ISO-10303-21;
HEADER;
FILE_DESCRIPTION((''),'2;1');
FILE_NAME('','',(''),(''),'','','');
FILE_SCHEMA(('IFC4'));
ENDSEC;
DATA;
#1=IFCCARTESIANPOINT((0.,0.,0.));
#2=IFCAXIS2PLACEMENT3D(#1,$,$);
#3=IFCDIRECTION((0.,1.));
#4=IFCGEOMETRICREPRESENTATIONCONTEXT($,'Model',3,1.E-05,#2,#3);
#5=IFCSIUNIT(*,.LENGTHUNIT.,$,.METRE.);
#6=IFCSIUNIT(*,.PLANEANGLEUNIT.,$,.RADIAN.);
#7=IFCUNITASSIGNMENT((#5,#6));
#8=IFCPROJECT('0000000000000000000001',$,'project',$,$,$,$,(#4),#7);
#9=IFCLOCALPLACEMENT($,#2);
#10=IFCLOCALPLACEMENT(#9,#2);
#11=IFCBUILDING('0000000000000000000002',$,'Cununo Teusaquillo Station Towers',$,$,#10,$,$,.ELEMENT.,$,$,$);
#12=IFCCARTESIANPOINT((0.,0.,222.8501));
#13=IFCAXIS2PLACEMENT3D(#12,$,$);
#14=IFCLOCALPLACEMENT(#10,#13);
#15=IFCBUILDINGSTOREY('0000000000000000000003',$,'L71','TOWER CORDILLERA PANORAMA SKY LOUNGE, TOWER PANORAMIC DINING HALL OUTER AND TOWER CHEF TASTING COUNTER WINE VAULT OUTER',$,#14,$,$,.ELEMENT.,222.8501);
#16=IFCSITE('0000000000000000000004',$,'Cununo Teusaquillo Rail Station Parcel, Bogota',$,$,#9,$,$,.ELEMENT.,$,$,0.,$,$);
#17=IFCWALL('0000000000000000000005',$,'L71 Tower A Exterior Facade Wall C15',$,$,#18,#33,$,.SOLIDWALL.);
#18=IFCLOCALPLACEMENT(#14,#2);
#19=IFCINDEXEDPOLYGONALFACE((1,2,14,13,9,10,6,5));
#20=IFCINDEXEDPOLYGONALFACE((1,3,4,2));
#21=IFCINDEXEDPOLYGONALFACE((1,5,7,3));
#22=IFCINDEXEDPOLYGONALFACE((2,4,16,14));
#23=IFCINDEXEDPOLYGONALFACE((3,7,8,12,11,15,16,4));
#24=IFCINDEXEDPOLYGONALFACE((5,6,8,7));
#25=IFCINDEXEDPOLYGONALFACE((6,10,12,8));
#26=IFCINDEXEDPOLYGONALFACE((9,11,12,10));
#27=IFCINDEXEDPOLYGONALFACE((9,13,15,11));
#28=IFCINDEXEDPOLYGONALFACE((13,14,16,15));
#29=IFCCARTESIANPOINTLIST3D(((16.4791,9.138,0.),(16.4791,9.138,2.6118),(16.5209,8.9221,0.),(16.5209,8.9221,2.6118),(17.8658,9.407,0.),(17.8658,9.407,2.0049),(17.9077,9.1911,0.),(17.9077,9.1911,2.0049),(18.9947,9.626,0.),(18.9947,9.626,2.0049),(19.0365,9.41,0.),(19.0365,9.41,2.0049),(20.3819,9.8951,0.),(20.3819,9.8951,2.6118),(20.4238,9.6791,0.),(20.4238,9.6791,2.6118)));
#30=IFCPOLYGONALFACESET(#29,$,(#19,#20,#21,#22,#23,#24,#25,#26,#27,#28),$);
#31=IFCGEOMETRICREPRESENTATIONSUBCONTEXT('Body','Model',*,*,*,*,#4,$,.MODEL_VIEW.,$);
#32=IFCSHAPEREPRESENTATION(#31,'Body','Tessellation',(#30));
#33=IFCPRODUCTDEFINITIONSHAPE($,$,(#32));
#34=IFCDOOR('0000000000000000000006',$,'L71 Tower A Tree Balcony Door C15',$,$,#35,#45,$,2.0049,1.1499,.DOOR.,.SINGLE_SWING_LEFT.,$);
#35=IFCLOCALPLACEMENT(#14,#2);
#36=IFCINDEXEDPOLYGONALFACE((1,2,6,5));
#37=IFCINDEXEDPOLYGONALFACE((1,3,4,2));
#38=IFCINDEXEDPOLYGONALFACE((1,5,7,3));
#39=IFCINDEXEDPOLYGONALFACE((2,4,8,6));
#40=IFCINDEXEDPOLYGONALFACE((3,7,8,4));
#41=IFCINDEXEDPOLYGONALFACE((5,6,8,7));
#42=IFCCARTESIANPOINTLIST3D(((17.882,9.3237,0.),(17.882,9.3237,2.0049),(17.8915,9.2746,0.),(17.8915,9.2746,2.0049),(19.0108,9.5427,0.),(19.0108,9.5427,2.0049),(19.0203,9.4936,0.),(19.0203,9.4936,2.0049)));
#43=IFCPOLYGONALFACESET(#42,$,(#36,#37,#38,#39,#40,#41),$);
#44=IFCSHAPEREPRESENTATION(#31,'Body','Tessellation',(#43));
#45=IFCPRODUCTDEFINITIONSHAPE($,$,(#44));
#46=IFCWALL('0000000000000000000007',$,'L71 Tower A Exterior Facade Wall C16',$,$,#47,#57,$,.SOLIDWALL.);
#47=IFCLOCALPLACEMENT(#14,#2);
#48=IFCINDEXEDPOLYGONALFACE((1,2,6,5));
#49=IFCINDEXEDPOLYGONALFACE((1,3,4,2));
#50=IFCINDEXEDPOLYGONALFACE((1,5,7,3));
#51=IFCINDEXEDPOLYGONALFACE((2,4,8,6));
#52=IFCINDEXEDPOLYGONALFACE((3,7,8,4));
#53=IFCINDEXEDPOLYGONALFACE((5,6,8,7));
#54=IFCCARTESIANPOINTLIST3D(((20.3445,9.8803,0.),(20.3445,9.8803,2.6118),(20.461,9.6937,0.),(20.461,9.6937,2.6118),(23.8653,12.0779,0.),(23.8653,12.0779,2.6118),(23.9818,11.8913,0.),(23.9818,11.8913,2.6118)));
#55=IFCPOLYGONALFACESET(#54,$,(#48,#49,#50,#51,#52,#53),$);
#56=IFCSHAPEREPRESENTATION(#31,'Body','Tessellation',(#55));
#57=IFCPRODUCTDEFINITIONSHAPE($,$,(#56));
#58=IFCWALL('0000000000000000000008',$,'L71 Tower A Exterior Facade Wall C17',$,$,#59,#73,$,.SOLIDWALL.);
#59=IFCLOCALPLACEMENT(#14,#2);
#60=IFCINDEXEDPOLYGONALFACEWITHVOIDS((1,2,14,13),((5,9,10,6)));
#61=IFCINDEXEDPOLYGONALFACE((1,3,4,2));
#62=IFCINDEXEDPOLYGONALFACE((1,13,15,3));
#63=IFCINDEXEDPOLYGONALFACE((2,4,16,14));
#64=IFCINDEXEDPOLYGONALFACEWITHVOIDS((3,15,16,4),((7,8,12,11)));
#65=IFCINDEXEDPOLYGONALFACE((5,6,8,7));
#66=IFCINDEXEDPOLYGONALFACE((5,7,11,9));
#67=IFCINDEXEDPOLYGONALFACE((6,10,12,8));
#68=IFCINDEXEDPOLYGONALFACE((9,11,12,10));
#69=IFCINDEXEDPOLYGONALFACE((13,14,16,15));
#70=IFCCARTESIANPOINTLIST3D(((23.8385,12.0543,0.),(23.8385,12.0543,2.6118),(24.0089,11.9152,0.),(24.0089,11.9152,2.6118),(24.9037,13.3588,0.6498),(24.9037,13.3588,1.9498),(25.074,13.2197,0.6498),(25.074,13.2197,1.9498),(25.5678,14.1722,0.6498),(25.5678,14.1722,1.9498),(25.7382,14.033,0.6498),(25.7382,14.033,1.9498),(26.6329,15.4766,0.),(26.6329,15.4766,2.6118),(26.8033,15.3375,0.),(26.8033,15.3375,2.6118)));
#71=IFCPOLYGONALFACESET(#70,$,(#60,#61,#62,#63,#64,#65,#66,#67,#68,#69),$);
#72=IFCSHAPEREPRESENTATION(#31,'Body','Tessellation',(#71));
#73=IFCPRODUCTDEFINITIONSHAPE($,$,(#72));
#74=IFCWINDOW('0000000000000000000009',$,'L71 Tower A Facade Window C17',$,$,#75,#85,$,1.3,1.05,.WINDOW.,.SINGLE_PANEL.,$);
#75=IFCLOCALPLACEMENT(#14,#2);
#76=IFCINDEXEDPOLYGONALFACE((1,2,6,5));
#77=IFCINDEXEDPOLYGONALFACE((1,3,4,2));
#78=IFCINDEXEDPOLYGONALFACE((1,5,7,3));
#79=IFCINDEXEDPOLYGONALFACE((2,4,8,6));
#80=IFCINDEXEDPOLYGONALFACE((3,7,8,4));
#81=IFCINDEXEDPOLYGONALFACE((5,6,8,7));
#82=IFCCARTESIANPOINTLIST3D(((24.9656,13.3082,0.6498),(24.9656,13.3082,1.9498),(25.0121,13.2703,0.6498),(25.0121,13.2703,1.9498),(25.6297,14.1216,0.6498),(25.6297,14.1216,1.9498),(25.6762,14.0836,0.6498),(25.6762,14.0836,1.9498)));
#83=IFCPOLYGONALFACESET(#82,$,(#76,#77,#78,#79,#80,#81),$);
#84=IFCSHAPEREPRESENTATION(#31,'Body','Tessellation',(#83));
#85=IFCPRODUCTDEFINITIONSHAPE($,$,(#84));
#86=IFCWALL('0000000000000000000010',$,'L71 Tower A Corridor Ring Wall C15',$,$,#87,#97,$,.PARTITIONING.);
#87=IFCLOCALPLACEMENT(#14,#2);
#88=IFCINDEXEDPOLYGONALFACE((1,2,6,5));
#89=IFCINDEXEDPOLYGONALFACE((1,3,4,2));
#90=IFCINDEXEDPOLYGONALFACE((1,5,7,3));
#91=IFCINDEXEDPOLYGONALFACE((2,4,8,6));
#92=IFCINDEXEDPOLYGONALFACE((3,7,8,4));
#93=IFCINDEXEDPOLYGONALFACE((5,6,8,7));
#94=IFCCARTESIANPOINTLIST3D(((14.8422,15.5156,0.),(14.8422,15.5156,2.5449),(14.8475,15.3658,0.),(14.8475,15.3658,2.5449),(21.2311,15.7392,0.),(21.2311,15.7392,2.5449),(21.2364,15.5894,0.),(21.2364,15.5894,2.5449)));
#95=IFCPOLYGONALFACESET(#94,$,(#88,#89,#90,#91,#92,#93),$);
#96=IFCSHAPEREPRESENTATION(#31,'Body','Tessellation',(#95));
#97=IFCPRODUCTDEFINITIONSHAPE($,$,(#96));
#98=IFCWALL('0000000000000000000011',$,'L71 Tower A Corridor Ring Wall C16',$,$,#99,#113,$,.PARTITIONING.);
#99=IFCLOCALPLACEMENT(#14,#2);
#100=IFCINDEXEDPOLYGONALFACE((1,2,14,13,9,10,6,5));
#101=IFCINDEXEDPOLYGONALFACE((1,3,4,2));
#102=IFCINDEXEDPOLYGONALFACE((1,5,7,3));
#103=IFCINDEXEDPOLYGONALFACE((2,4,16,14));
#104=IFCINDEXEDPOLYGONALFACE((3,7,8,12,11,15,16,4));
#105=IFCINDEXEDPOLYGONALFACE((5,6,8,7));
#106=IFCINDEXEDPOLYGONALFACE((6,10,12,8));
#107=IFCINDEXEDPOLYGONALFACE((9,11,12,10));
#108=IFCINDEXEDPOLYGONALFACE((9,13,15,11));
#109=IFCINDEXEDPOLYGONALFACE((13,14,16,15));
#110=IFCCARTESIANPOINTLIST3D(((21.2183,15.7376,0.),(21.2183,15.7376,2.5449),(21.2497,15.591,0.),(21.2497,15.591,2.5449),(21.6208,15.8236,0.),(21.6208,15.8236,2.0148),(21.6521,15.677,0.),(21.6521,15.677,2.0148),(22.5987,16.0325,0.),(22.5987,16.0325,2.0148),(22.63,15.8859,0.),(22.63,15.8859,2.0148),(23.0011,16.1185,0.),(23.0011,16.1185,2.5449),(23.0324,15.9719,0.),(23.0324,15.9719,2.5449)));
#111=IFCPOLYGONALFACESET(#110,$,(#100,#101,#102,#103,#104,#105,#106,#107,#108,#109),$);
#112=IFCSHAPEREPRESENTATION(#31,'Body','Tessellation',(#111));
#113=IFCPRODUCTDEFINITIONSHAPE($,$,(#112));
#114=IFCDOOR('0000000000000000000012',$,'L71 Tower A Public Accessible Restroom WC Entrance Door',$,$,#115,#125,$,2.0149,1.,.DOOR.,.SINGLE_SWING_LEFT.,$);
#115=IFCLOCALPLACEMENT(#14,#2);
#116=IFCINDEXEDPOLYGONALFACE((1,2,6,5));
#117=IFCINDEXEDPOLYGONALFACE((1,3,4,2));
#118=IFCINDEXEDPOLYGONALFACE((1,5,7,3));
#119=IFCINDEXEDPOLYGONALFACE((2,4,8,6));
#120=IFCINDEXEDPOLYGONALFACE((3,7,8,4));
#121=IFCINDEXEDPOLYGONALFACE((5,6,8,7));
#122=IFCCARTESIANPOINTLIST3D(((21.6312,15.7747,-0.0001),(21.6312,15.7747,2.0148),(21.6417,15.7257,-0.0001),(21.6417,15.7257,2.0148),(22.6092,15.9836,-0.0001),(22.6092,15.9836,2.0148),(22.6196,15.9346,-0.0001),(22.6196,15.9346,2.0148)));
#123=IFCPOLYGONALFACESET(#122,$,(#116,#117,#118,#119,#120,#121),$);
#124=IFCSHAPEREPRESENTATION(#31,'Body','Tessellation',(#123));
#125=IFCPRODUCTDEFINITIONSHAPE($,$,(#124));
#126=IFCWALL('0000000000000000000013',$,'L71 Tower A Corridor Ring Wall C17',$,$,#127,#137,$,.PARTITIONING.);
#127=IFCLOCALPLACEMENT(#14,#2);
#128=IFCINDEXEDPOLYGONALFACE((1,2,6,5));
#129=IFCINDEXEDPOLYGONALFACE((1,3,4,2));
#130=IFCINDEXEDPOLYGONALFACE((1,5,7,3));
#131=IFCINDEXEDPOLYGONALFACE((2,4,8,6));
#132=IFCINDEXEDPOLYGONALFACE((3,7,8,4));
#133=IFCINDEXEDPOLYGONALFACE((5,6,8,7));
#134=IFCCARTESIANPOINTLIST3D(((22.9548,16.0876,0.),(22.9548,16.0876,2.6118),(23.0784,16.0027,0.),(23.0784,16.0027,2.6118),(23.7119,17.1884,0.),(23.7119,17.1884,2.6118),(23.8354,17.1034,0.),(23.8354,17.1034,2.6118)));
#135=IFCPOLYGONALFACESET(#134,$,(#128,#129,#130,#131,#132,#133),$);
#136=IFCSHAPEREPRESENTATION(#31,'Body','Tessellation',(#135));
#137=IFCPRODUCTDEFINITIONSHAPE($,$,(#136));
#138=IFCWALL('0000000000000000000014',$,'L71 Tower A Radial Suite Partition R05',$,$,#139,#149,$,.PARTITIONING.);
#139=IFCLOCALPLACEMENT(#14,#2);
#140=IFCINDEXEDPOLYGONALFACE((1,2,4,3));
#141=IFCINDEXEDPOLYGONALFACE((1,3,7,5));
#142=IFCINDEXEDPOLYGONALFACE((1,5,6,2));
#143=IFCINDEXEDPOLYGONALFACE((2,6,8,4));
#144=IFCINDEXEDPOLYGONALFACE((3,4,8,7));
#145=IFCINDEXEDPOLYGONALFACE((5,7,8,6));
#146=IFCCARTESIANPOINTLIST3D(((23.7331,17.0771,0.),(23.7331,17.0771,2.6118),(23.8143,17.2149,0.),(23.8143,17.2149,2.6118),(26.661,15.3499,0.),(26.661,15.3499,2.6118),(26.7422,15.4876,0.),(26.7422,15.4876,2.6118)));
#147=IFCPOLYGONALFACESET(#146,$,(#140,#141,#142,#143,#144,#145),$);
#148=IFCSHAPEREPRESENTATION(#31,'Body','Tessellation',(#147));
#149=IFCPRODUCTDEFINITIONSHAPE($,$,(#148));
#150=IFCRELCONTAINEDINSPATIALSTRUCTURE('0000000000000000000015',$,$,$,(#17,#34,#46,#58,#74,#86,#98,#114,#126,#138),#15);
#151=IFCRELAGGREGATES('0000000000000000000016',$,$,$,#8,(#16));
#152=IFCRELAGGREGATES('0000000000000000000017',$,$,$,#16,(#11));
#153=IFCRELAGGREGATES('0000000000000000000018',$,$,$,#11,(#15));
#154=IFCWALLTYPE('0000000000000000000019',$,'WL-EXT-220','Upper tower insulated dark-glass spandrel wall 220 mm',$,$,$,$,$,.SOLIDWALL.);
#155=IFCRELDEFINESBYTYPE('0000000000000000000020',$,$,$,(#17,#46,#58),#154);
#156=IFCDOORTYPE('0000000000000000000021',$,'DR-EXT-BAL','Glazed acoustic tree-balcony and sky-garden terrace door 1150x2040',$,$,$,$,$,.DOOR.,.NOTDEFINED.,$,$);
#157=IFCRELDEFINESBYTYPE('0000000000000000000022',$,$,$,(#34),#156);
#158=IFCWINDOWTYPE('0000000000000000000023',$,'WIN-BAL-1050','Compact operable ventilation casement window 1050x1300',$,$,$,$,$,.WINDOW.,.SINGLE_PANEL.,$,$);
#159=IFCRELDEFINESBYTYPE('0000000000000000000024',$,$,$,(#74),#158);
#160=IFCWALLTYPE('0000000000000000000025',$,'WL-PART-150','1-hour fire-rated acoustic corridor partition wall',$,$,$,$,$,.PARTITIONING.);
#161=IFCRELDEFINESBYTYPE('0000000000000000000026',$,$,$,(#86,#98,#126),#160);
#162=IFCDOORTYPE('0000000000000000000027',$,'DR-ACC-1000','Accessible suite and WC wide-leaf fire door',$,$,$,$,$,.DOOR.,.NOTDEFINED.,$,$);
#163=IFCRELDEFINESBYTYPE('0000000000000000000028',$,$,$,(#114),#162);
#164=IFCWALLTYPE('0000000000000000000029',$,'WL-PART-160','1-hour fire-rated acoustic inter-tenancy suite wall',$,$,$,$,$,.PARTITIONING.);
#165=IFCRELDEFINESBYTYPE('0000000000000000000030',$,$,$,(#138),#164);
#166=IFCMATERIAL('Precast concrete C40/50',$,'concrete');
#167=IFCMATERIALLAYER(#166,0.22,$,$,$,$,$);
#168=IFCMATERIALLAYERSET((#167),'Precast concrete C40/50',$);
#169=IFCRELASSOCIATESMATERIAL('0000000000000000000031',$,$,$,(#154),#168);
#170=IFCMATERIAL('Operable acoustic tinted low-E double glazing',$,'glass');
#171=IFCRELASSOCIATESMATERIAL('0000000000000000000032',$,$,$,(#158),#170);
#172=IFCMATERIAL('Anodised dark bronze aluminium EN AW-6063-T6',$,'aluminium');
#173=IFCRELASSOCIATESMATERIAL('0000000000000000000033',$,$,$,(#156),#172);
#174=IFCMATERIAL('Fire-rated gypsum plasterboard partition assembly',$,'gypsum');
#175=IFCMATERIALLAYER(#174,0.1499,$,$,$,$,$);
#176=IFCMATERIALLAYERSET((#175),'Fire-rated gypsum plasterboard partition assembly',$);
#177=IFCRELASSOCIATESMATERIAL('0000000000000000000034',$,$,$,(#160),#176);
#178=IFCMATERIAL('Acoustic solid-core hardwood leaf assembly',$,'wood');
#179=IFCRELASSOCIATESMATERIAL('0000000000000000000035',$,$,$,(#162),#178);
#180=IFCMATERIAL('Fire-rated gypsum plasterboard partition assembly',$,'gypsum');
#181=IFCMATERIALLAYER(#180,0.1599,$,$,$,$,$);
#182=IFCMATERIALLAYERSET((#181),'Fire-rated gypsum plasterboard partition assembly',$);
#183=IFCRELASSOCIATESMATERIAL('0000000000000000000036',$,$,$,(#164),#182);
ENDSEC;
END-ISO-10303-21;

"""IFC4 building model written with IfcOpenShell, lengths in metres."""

from ifc_helpers import new_model, si_unit, direction, frame, frame_2d, origin, place, context, subcontext, project, spatial, rectangle, extrude, source, transform, mapped, material, layer, layer_set, type_object, element, fill, save


model = new_model("IFC4")

# Units and contexts
model_context = context("Model", 3, precision=1e-05, world=origin(), true_north=direction((0.0, 1.0)))
body_context = subcontext(model_context, "Body", "Model", "MODEL_VIEW")
ifc_project = project(units=[si_unit("LENGTHUNIT", "METRE"), si_unit("PLANEANGLEUNIT", "RADIAN")], contexts=[model_context])

# Site, building, storey
site_placement = place(None, origin())
site = spatial("IfcSite", under=ifc_project, at=site_placement, Name="Cununo Teusaquillo Rail Station Parcel, Bogota", CompositionType="ELEMENT", RefElevation=0.0)
building_placement = place(site_placement, origin())
building = spatial("IfcBuilding", under=site, at=building_placement, Name="Cununo Teusaquillo Station Towers", CompositionType="ELEMENT")
storey_placement = place(building_placement, frame((0.0, 0.0, 222.8501)))
storey = spatial("IfcBuildingStorey", under=building, at=storey_placement, Name="L71", Description="TOWER CORDILLERA PANORAMA SKY LOUNGE, TOWER PANORAMIC DINING HALL OUTER AND TOWER CHEF TASTING COUNTER WINE VAULT OUTER", CompositionType="ELEMENT", Elevation=222.8501)

# Shared definitions
ifc_material_1 = material(Name="Precast concrete C40/50", Category="concrete")
ifc_layer_1 = layer(ifc_material_1, 0.22)
ifc_layer_set_1 = layer_set([ifc_layer_1], Name="Precast concrete C40/50")
wall_type_1 = type_object("IfcWallType", Name="WL-EXT-220", Description="Upper tower insulated dark-glass spandrel wall 220 mm", PredefinedType="SOLIDWALL", material=ifc_layer_set_1)
shared_shape_1 = source(origin(), body_context, "Body", "SweptSolid", [
    extrude(rectangle(XDim=1.05, YDim=1.3, at=frame_2d((0.5249, 0.6499))), frame((0.0, 0.1199, 0.0), z_axis=(0.0, -1.0, 0.0), x_axis=(1.0, 0.0, 0.0)), (0.0, 0.0, 1.0), 0.24),
])
ifc_material_2 = material(Name="Operable acoustic tinted low-E double glazing", Category="glass")
window_type = type_object("IfcWindowType", Name="WIN-BAL-1050", Description="Compact operable ventilation casement window 1050x1300", PartitioningType="SINGLE_PANEL", PredefinedType="WINDOW", material=ifc_material_2)
shared_shape_2 = source(origin(), body_context, "Body", "SweptSolid", [
    extrude(rectangle(XDim=1.05, YDim=1.3, at=frame_2d((0.5249, 0.6499))), frame((0.0, 0.03, 0.0), z_axis=(0.0, -1.0, 0.0), x_axis=(1.0, 0.0, 0.0)), (0.0, 0.0, 1.0), 0.0601),
])

# Wall, opening, door
wall_1_placement = place(storey_placement, frame((20.4028, 9.7871, 0.0), z_axis=(0.0, 0.0, 1.0), x_axis=(-0.9817, -0.190432, 0.0)))
wall_1 = element("IfcWall", 1, at=wall_1_placement, inside=storey, type_object=wall_type_1, Name="L71 Tower A Exterior Facade Wall C15", PredefinedType="SOLIDWALL", context=body_context, shape_type="SweptSolid", body=[
    extrude(rectangle(XDim=3.9756, YDim=0.22, at=frame_2d((1.9878, 0.0))), origin(), (0.0, 0.0, 1.0), 2.6118),
])
shared_shape_3 = source(origin(), body_context, "Body", "SweptSolid", [
    extrude(rectangle(XDim=1.1499, YDim=2.0049, at=frame_2d((0.575, 1.0024))), frame((0.0, 0.1199, 0.0), z_axis=(0.0, -1.0, 0.0), x_axis=(1.0, 0.0, 0.0)), (0.0, 0.0, 1.0), 0.24),
])
opening_1_placement = place(wall_1_placement, frame((1.4131, 0.0, 0.0)))
opening_1 = element("IfcOpeningElement", 2, at=opening_1_placement, cuts=wall_1, PredefinedType="OPENING", context=body_context, shape_type="MappedRepresentation", body=[
    mapped(shared_shape_3, transform((0.0, 0.0, 0.0), x_axis=(1.0, 0.0, 0.0), y_axis=(0.0, 1.0, 0.0), z_axis=(0.0, 0.0, 1.0), scale=1.0)),
])
ifc_material_3 = material(Name="Anodised dark bronze aluminium EN AW-6063-T6", Category="aluminium")
door_type_1 = type_object("IfcDoorType", Name="DR-EXT-BAL", Description="Glazed acoustic tree-balcony and sky-garden terrace door 1150x2040", OperationType="NOTDEFINED", PredefinedType="DOOR", material=ifc_material_3)
shared_shape_4 = source(origin(), body_context, "Body", "SweptSolid", [
    extrude(rectangle(XDim=1.1499, YDim=2.0049, at=frame_2d((0.575, 1.0024))), frame((0.0, 0.0249, 0.0), z_axis=(0.0, -1.0, 0.0), x_axis=(1.0, 0.0, 0.0)), (0.0, 0.0, 1.0), 0.05),
])
door_1_placement = place(opening_1_placement, origin())
door_1 = element("IfcDoor", 3, at=door_1_placement, inside=storey, type_object=door_type_1, Name="L71 Tower A Tree Balcony Door C15", OperationType="SINGLE_SWING_LEFT", OverallHeight=2.0049, OverallWidth=1.1499, PredefinedType="DOOR", context=body_context, shape_type="MappedRepresentation", body=[
    mapped(shared_shape_4, transform((0.0, 0.0, 0.0), x_axis=(1.0, 0.0, 0.0), y_axis=(0.0, 1.0, 0.0), z_axis=(0.0, 0.0, 1.0), scale=1.0)),
])
fill(opening_1, door_1)

# Wall
wall_2_placement = place(storey_placement, frame((23.9236, 11.9846, 0.0), z_axis=(0.0, 0.0, 1.0), x_axis=(-0.848319, -0.529486, 0.0)))
element("IfcWall", 4, at=wall_2_placement, inside=storey, type_object=wall_type_1, Name="L71 Tower A Exterior Facade Wall C16", PredefinedType="SOLIDWALL", context=body_context, shape_type="SweptSolid", body=[
    extrude(rectangle(XDim=4.1504, YDim=0.22, at=frame_2d((2.0752, 0.0))), origin(), (0.0, 0.0, 1.0), 2.6118),
])

# Wall, opening, window
wall_3_placement = place(storey_placement, frame((26.718, 15.407, 0.0), z_axis=(0.0, 0.0, 1.0), x_axis=(-0.632467, -0.774587, 0.0)))
wall_3 = element("IfcWall", 5, at=wall_3_placement, inside=storey, type_object=wall_type_1, Name="L71 Tower A Exterior Facade Wall C17", PredefinedType="SOLIDWALL", context=body_context, shape_type="SweptSolid", body=[
    extrude(rectangle(XDim=4.4182, YDim=0.22, at=frame_2d((2.209, 0.0))), origin(), (0.0, 0.0, 1.0), 2.6118),
])
opening_2_placement = place(wall_3_placement, frame((1.6841, 0.0, 0.6499)))
opening_2 = element("IfcOpeningElement", 6, at=opening_2_placement, cuts=wall_3, PredefinedType="OPENING", context=body_context, shape_type="MappedRepresentation", body=[
    mapped(shared_shape_1, transform((0.0, 0.0, 0.0), x_axis=(1.0, 0.0, 0.0), y_axis=(0.0, 1.0, 0.0), z_axis=(0.0, 0.0, 1.0), scale=1.0)),
])
window_1_placement = place(opening_2_placement, origin())
window_1 = element("IfcWindow", 7, at=window_1_placement, inside=storey, type_object=window_type, Name="L71 Tower A Facade Window C17", OverallHeight=1.3, OverallWidth=1.05, PartitioningType="SINGLE_PANEL", PredefinedType="WINDOW", context=body_context, shape_type="MappedRepresentation", body=[
    mapped(shared_shape_2, transform((0.0, 0.0, 0.0), x_axis=(1.0, 0.0, 0.0), y_axis=(0.0, 1.0, 0.0), z_axis=(0.0, 0.0, 1.0), scale=1.0)),
])
fill(opening_2, window_1)

# Wall
ifc_material_4 = material(Name="Fire-rated gypsum plasterboard partition assembly", Category="gypsum")
ifc_layer_2 = layer(ifc_material_4, 0.1499)
ifc_layer_set_2 = layer_set([ifc_layer_2], Name="Fire-rated gypsum plasterboard partition assembly")
wall_type_2 = type_object("IfcWallType", Name="WL-PART-150", Description="1-hour fire-rated acoustic corridor partition wall", PredefinedType="PARTITIONING", material=ifc_layer_set_2)
wall_4_placement = place(storey_placement, frame((14.845, 15.4407, 0.0), z_axis=(0.0, 0.0, 1.0), x_axis=(0.999388, 0.034982, 0.0)))
element("IfcWall", 8, at=wall_4_placement, inside=storey, type_object=wall_type_2, Name="L71 Tower A Corridor Ring Wall C15", PredefinedType="PARTITIONING", context=body_context, shape_type="SweptSolid", body=[
    extrude(rectangle(XDim=6.3928, YDim=0.1499, at=frame_2d((3.1963, 0.0))), origin(), (0.0, 0.0, 1.0), 2.5449),
])

# Wall, opening, door
wall_5_placement = place(storey_placement, frame((21.2339, 15.6643, 0.0), z_axis=(0.0, 0.0, 1.0), x_axis=(0.977932, 0.208925, 0.0)))
wall_5 = element("IfcWall", 9, at=wall_5_placement, inside=storey, type_object=wall_type_2, Name="L71 Tower A Corridor Ring Wall C16", PredefinedType="PARTITIONING", context=body_context, shape_type="SweptSolid", body=[
    extrude(rectangle(XDim=1.823, YDim=0.1499, at=frame_2d((0.9116, 0.0))), origin(), (0.0, 0.0, 1.0), 2.5449),
])
shared_shape_5 = source(origin(), body_context, "Body", "SweptSolid", [
    extrude(rectangle(XDim=1.0, YDim=2.0149, at=frame_2d((0.5, 1.0073))), frame((0.0, 0.085, 0.0), z_axis=(0.0, -1.0, 0.0), x_axis=(1.0, 0.0, 0.0)), (0.0, 0.0, 1.0), 0.1699),
])
opening_3_placement = place(wall_5_placement, frame((0.4116, 0.0, 0.0)))
opening_3 = element("IfcOpeningElement", 10, at=opening_3_placement, cuts=wall_5, PredefinedType="OPENING", context=body_context, shape_type="MappedRepresentation", body=[
    mapped(shared_shape_5, transform((0.0, 0.0, 0.0), x_axis=(1.0, 0.0, 0.0), y_axis=(0.0, 1.0, 0.0), z_axis=(0.0, 0.0, 1.0), scale=1.0)),
])
ifc_material_5 = material(Name="Acoustic solid-core hardwood leaf assembly", Category="wood")
door_type_2 = type_object("IfcDoorType", Name="DR-ACC-1000", Description="Accessible suite and WC wide-leaf fire door", OperationType="NOTDEFINED", PredefinedType="DOOR", material=ifc_material_5)
shared_shape_6 = source(origin(), body_context, "Body", "SweptSolid", [
    extrude(rectangle(XDim=1.0, YDim=2.0149, at=frame_2d((0.5, 1.0073))), frame((0.0, 0.0249, 0.0), z_axis=(0.0, -1.0, 0.0), x_axis=(1.0, 0.0, 0.0)), (0.0, 0.0, 1.0), 0.05),
])
door_2_placement = place(opening_3_placement, origin())
door_2 = element("IfcDoor", 11, at=door_2_placement, inside=storey, type_object=door_type_2, Name="L71 Tower A Public Accessible Restroom WC Entrance Door", OperationType="SINGLE_SWING_LEFT", OverallHeight=2.0149, OverallWidth=1.0, PredefinedType="DOOR", context=body_context, shape_type="MappedRepresentation", body=[
    mapped(shared_shape_6, transform((0.0, 0.0, 0.0), x_axis=(1.0, 0.0, 0.0), y_axis=(0.0, 1.0, 0.0), z_axis=(0.0, 0.0, 1.0), scale=1.0)),
])
fill(opening_3, door_2)

# Walls
wall_6_placement = place(storey_placement, frame((23.0166, 16.0452, 0.0), z_axis=(0.0, 0.0, 1.0), x_axis=(0.566661, 0.823951, 0.0)))
element("IfcWall", 12, at=wall_6_placement, inside=storey, type_object=wall_type_2, Name="L71 Tower A Corridor Ring Wall C17", PredefinedType="PARTITIONING", context=body_context, shape_type="SweptSolid", body=[
    extrude(rectangle(XDim=1.3359, YDim=0.1499, at=frame_2d((0.668, 0.0))), origin(), (0.0, 0.0, 1.0), 2.6118),
])
ifc_material_6 = material(Name="Fire-rated gypsum plasterboard partition assembly", Category="gypsum")
ifc_layer_3 = layer(ifc_material_6, 0.1599)
ifc_layer_set_3 = layer_set([ifc_layer_3], Name="Fire-rated gypsum plasterboard partition assembly")
wall_type_3 = type_object("IfcWallType", Name="WL-PART-160", Description="1-hour fire-rated acoustic inter-tenancy suite wall", PredefinedType="PARTITIONING", material=ifc_layer_set_3)
wall_7_placement = place(storey_placement, frame((23.7737, 17.146, 0.0), z_axis=(0.0, 0.0, 1.0), x_axis=(0.861297, -0.508103, 0.0)))
element("IfcWall", 13, at=wall_7_placement, inside=storey, type_object=wall_type_3, Name="L71 Tower A Radial Suite Partition R05", PredefinedType="PARTITIONING", context=body_context, shape_type="SweptSolid", body=[
    extrude(rectangle(XDim=3.3994, YDim=0.1599, at=frame_2d((1.6997, 0.0))), origin(), (0.0, 0.0, 1.0), 2.6118),
])

save(model, "model.ifc")
